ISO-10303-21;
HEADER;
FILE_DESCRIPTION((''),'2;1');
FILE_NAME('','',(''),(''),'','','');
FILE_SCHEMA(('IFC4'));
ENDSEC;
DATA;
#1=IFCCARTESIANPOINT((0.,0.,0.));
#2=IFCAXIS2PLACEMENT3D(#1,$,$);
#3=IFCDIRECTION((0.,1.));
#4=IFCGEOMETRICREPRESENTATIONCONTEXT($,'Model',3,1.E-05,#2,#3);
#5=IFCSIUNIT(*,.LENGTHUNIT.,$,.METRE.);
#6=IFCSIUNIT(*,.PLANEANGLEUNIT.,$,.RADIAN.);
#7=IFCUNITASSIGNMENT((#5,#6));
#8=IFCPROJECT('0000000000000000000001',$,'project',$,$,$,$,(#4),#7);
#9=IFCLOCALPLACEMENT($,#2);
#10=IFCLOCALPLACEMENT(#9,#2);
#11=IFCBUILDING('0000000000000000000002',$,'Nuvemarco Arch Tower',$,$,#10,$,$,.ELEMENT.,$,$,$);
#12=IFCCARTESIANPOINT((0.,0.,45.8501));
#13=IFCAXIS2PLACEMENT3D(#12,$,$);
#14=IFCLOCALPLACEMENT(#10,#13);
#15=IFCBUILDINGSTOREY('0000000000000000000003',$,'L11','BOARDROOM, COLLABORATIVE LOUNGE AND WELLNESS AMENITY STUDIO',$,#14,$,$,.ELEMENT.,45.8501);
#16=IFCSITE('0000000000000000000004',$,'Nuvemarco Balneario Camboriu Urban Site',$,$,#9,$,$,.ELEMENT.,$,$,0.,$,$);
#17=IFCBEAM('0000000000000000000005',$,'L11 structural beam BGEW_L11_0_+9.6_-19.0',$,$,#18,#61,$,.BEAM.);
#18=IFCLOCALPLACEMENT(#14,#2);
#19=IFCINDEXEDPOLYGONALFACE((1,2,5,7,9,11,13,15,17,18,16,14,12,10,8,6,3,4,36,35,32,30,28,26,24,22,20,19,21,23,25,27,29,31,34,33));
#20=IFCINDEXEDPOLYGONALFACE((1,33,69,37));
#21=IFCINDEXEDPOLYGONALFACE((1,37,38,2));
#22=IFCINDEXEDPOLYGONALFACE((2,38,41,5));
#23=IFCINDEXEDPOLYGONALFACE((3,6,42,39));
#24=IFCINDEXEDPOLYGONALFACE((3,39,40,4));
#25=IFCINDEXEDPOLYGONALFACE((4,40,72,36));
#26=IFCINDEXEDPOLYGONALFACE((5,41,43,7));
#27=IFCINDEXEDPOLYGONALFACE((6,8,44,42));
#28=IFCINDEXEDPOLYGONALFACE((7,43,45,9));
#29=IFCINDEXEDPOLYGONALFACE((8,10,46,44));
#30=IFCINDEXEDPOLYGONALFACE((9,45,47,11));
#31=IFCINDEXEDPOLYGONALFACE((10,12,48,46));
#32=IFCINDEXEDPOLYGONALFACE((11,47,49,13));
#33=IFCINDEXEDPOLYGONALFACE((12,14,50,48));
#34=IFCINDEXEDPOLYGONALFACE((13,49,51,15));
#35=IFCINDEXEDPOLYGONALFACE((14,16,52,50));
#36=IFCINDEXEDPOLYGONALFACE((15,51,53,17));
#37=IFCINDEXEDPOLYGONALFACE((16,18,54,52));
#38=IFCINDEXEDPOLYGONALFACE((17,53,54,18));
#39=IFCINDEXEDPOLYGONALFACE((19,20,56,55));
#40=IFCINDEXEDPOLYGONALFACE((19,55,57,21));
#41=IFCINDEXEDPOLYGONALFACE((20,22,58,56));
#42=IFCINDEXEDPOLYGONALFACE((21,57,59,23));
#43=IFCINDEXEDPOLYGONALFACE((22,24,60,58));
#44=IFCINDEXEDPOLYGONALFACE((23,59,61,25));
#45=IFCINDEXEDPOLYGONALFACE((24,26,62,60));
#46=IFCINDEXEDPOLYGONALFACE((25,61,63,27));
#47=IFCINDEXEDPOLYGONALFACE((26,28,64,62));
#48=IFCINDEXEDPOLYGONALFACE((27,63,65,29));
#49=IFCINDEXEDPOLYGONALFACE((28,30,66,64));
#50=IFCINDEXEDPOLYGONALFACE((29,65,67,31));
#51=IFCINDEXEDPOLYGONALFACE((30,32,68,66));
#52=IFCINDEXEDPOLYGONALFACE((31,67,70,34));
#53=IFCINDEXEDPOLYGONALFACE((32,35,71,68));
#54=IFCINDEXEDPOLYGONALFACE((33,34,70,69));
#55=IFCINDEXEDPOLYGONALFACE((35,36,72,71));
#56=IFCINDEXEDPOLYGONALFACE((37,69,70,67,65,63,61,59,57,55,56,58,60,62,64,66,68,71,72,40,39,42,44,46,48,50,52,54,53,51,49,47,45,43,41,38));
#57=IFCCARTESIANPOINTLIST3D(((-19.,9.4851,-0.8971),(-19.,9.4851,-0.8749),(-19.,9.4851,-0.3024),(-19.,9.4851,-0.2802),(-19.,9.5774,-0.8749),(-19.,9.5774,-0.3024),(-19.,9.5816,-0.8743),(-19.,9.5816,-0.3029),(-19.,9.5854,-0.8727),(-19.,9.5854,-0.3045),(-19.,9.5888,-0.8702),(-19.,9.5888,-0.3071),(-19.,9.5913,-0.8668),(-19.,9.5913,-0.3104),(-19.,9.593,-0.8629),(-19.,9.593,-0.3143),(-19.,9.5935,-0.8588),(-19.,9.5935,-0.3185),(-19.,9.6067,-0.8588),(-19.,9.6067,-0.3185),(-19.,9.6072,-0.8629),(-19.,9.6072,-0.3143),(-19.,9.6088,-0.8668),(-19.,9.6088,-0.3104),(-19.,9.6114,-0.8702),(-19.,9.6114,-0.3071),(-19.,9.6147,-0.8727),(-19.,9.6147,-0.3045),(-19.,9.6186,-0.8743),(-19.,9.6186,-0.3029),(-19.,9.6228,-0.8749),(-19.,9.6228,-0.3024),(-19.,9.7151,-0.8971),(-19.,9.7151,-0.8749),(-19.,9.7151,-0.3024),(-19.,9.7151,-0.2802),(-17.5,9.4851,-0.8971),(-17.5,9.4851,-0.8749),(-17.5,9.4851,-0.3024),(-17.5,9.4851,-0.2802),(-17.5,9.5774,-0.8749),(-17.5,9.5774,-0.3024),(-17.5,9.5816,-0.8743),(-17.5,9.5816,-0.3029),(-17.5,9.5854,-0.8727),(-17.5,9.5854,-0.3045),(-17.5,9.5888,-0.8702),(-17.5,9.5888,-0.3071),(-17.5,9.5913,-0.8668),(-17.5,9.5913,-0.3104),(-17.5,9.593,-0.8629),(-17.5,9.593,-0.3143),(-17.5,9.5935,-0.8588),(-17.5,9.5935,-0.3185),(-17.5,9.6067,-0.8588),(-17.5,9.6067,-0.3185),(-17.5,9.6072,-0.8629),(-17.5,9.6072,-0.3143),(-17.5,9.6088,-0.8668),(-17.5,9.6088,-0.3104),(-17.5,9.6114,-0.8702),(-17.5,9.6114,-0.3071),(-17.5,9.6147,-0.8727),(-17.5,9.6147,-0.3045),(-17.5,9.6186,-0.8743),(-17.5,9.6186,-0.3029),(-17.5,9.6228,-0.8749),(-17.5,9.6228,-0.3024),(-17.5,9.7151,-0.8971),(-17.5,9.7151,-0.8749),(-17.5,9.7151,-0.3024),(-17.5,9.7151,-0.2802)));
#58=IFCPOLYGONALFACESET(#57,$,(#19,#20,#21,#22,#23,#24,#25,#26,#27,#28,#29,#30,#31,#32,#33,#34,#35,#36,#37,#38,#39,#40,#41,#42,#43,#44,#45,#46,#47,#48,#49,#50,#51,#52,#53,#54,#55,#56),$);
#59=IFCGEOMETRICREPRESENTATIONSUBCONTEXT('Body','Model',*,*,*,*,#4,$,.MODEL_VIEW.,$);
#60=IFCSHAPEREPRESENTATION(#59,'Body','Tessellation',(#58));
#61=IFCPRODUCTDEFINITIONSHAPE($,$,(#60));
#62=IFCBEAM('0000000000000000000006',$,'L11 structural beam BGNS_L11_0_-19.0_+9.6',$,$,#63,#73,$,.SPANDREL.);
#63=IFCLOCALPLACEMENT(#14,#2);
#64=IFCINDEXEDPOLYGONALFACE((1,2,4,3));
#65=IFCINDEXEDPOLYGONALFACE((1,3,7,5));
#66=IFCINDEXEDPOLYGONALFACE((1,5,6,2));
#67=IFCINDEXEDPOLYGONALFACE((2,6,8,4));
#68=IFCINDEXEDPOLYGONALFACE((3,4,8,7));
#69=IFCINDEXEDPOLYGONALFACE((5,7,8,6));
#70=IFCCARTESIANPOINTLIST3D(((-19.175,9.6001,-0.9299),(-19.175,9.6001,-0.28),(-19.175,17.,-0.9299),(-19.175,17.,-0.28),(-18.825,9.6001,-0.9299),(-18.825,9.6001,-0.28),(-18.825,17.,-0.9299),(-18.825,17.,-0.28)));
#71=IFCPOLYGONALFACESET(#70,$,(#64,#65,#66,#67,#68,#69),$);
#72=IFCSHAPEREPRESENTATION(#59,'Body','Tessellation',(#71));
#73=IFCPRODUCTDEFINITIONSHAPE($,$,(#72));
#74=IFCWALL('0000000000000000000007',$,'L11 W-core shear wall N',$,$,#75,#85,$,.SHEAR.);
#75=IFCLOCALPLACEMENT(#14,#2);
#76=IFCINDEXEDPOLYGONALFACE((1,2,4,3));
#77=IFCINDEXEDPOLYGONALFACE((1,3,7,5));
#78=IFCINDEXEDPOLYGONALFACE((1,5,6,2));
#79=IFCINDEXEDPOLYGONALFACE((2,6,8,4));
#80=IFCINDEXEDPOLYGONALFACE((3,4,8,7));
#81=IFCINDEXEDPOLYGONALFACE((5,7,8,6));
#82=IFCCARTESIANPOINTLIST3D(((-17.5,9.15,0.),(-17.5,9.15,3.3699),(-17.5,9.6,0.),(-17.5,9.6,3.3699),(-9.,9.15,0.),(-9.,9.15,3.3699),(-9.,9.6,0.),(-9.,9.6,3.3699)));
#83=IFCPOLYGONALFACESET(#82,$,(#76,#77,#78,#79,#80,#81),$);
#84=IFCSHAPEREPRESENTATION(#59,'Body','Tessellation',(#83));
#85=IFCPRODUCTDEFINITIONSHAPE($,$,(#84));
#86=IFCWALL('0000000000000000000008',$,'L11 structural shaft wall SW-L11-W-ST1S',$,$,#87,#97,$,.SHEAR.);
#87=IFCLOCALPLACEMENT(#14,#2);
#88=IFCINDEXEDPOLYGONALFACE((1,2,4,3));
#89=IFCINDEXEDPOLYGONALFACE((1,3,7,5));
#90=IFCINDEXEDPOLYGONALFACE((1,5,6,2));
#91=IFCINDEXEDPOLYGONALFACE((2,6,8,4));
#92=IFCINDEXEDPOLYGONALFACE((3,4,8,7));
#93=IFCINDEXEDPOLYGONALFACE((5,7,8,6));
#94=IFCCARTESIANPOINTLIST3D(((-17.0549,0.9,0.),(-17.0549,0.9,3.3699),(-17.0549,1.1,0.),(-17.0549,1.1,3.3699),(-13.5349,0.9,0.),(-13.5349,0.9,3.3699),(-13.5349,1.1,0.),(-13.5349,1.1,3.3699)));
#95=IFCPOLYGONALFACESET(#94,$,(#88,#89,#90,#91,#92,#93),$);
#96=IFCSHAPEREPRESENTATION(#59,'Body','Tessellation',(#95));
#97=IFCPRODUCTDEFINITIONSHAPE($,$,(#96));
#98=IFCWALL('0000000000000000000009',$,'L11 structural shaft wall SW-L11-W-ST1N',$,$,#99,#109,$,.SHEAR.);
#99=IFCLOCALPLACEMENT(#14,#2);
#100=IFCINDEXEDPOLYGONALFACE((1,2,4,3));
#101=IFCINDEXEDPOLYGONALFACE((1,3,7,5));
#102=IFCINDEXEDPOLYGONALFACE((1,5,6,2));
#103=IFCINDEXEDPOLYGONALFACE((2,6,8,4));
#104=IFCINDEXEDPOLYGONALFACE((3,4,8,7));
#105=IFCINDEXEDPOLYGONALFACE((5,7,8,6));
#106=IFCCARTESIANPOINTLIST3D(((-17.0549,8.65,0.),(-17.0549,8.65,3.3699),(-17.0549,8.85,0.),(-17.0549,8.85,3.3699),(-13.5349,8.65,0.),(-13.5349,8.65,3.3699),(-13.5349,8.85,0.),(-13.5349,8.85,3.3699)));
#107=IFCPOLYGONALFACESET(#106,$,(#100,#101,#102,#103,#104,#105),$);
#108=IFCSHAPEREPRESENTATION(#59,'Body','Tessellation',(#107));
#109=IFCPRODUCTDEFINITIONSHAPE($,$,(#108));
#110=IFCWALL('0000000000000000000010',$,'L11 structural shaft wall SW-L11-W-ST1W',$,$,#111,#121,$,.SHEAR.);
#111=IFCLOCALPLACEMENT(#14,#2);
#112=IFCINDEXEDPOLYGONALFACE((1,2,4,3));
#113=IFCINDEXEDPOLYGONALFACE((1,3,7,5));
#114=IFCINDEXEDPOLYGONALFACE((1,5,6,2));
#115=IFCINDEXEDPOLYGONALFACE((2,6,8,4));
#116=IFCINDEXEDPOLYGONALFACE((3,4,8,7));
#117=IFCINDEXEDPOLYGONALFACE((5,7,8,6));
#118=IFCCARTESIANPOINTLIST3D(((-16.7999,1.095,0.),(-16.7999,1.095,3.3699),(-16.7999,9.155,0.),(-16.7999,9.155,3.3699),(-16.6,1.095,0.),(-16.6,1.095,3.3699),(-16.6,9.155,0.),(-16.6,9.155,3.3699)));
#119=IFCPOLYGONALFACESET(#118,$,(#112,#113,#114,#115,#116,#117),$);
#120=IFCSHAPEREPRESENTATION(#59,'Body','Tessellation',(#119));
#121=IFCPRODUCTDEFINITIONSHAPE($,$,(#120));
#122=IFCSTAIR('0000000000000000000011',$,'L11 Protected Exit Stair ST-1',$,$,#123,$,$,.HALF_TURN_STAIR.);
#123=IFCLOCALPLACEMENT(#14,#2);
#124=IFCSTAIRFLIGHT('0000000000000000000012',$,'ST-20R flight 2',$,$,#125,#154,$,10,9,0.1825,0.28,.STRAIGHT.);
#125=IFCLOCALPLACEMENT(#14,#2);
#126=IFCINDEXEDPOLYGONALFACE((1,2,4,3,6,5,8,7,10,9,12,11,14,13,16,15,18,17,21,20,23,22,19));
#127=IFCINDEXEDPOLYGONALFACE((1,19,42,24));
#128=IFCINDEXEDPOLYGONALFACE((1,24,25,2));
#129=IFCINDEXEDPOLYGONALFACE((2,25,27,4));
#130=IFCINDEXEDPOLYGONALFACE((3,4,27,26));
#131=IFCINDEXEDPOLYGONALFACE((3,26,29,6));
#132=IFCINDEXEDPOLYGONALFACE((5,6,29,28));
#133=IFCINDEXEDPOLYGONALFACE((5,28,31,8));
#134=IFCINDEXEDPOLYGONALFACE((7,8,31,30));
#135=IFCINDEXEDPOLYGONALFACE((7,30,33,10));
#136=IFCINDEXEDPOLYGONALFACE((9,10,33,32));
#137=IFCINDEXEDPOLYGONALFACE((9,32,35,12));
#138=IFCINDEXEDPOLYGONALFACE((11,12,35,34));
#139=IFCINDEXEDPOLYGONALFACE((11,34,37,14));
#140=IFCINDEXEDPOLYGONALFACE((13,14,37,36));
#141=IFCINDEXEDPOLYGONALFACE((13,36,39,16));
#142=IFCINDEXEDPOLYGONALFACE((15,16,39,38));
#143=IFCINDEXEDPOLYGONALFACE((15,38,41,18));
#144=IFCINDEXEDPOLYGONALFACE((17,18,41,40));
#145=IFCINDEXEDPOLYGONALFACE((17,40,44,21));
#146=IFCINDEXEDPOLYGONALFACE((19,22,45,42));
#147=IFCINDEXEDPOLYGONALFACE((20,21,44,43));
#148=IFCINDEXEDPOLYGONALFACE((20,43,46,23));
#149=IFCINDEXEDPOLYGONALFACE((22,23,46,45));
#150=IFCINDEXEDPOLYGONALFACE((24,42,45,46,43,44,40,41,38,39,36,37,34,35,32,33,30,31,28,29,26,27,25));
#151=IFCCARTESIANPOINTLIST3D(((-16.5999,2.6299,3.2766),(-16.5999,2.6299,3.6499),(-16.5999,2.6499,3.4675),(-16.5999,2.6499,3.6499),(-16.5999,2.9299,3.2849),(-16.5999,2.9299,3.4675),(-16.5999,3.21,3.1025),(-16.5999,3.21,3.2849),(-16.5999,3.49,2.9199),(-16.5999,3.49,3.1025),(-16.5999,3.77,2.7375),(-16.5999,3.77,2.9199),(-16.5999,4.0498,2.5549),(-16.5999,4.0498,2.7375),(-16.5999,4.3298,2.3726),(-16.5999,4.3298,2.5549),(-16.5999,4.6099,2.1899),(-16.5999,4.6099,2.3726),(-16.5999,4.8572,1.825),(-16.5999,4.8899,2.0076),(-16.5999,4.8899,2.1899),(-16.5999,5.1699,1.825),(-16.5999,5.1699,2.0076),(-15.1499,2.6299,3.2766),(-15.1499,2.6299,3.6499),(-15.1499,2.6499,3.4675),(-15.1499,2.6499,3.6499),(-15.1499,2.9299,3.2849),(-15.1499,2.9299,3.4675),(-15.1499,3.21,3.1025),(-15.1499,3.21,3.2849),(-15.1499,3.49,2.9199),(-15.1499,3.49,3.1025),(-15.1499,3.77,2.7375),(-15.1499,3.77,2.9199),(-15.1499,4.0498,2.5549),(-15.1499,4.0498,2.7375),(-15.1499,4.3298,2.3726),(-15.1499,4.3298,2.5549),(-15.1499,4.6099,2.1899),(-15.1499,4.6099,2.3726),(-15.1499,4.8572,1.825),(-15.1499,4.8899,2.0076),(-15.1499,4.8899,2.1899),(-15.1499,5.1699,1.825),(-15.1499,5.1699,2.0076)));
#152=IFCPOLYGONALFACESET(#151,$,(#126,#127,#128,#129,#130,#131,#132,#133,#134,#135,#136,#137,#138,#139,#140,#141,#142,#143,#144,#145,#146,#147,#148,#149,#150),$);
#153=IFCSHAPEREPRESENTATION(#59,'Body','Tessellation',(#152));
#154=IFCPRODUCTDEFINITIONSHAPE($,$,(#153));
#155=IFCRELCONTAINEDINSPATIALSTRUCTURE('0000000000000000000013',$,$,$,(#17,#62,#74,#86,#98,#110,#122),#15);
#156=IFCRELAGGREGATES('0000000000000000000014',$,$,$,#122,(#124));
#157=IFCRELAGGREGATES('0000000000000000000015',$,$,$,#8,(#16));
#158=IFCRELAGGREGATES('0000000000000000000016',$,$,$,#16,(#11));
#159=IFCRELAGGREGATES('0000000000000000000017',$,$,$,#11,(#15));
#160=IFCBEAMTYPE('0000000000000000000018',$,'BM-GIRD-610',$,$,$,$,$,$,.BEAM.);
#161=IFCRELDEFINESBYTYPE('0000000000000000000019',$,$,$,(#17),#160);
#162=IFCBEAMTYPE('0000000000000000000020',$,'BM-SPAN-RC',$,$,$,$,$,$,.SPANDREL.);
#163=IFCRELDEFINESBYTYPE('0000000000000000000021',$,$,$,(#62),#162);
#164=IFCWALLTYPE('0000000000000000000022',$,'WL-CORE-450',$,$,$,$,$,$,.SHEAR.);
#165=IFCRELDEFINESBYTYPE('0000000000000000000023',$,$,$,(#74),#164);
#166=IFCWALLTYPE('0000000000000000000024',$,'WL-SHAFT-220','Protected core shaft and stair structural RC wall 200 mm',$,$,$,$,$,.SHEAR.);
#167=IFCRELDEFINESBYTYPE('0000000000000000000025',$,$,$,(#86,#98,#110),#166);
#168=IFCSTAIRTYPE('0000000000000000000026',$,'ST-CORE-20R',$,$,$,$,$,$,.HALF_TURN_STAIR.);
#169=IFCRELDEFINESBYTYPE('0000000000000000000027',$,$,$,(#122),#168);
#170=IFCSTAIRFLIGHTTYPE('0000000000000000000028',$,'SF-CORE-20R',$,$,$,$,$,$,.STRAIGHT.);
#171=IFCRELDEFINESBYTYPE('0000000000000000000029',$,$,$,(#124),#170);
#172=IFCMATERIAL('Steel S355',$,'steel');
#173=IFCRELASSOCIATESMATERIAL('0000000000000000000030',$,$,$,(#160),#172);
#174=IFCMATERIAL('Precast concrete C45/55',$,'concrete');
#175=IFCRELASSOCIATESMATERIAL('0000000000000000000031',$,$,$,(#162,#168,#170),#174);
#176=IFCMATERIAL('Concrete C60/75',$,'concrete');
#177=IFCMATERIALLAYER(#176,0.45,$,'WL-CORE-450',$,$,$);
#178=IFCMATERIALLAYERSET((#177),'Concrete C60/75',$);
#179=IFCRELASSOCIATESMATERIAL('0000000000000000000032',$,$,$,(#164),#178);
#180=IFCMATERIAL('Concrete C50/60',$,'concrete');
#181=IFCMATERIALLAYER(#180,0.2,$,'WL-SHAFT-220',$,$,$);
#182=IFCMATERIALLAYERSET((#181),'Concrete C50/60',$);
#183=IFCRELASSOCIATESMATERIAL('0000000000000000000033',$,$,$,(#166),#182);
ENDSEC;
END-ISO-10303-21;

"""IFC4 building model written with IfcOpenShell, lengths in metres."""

from ifc_helpers import new_model, si_unit, direction, frame, frame_2d, origin, origin_2d, place, context, subcontext, project, spatial, polyline, rectangle, i_section, outline, extrude, material, layer, layer_set, material_profile, profile_set, type_object, element, aggregate, save


model = new_model("IFC4")

# Units and contexts
model_context = context("Model", 3, precision=1e-05, world=origin(), true_north=direction((0.0, 1.0)))
body_context = subcontext(model_context, "Body", "Model", "MODEL_VIEW")
ifc_project = project(units=[si_unit("LENGTHUNIT", "METRE"), si_unit("PLANEANGLEUNIT", "RADIAN")], contexts=[model_context])

# Site, building, storey
site_placement = place(None, origin())
site = spatial("IfcSite", under=ifc_project, at=site_placement, Name="Nuvemarco Balneario Camboriu Urban Site", CompositionType="ELEMENT", RefElevation=0.0)
building_placement = place(site_placement, origin())
building = spatial("IfcBuilding", under=site, at=building_placement, Name="Nuvemarco Arch Tower", CompositionType="ELEMENT")
storey_placement = place(building_placement, frame((0.0, 0.0, 45.8501)))
storey = spatial("IfcBuildingStorey", under=building, at=storey_placement, Name="L11", Description="BOARDROOM, COLLABORATIVE LOUNGE AND WELLNESS AMENITY STUDIO", CompositionType="ELEMENT", Elevation=45.8501)

# Shared definitions
ifc_material_1 = material(Name="Concrete C60/75", Category="concrete")

# Beams
ifc_material_2 = material(Name="Steel S355", Category="steel")
ifc_material_profile_1 = material_profile(ifc_material_2, i_section(OverallWidth=0.23, OverallDepth=0.6169, WebThickness=0.0132, FlangeThickness=0.0222, FilletRadius=0.0161, at=origin_2d()), Name="W610x140")
ifc_profile_set_1 = profile_set([ifc_material_profile_1], Name="Steel S355")
beam_type_1 = type_object("IfcBeamType", Name="BM-GIRD-610", PredefinedType="BEAM", material=ifc_profile_set_1)
beam_1_placement = place(storey_placement, frame((-19.0, 9.6001, -0.5886), z_axis=(1.0, 0.0, 0.0), x_axis=(0.0, 1.0, 0.0)))
element("IfcBeam", 1, at=beam_1_placement, inside=storey, type_object=beam_type_1, Name="L11 structural beam BGEW_L11_0_+9.6_-19.0", PredefinedType="BEAM", context=body_context, shape_type="SweptSolid", body=[
    extrude(i_section(OverallWidth=0.23, OverallDepth=0.6169, WebThickness=0.0132, FlangeThickness=0.0222, FilletRadius=0.0161, at=origin_2d()), origin(), (0.0, 0.0, 1.0), 1.5),
])
ifc_material_3 = material(Name="Precast concrete C45/55", Category="concrete")
ifc_material_profile_2 = material_profile(ifc_material_3, rectangle(XDim=0.3501, YDim=0.6499, at=origin_2d()), Name="PC-SP-350x650")
ifc_profile_set_2 = profile_set([ifc_material_profile_2], Name="Precast concrete C45/55")
beam_type_2 = type_object("IfcBeamType", Name="BM-SPAN-RC", PredefinedType="SPANDREL", material=ifc_profile_set_2)
beam_2_placement = place(storey_placement, frame((-19.0, 9.6001, -0.605), z_axis=(0.0, 1.0, 0.0), x_axis=(-1.0, 0.0, 0.0)))
element("IfcBeam", 2, at=beam_2_placement, inside=storey, type_object=beam_type_2, Name="L11 structural beam BGNS_L11_0_-19.0_+9.6", PredefinedType="SPANDREL", context=body_context, shape_type="SweptSolid", body=[
    extrude(rectangle(XDim=0.3501, YDim=0.6499, at=origin_2d()), origin(), (0.0, 0.0, 1.0), 7.3999),
])

# Walls
ifc_layer_1 = layer(ifc_material_1, 0.45, Name="WL-CORE-450")
ifc_layer_set_1 = layer_set([ifc_layer_1], Name="Concrete C60/75")
wall_type_1 = type_object("IfcWallType", Name="WL-CORE-450", PredefinedType="SHEAR", material=ifc_layer_set_1)
wall_1_placement = place(storey_placement, frame((-17.5, 9.375, 0.0), z_axis=(0.0, 0.0, 1.0), x_axis=(1.0, 0.0, 0.0)))
element("IfcWall", 3, at=wall_1_placement, inside=storey, type_object=wall_type_1, Name="L11 W-core shear wall N", PredefinedType="SHEAR", context=body_context, shape_type="SweptSolid", body=[
    extrude(rectangle(XDim=8.5, YDim=0.45, at=frame_2d((4.25, 0.0))), origin(), (0.0, 0.0, 1.0), 3.3699),
])
ifc_material_4 = material(Name="Concrete C50/60", Category="concrete")
ifc_layer_2 = layer(ifc_material_4, 0.2, Name="WL-SHAFT-220")
ifc_layer_set_2 = layer_set([ifc_layer_2], Name="Concrete C50/60")
wall_type_2 = type_object("IfcWallType", Name="WL-SHAFT-220", Description="Protected core shaft and stair structural RC wall 200 mm", PredefinedType="SHEAR", material=ifc_layer_set_2)
for number, where, z_axis, x_axis, name in (
    (4, (-17.0549, 1.0, 0.0), (0.0, 0.0, 1.0), (1.0, 0.0, 0.0), "L11 structural shaft wall SW-L11-W-ST1S"),
    (5, (-17.0549, 8.75, 0.0), (0.0, 0.0, 1.0), (1.0, 0.0, 0.0), "L11 structural shaft wall SW-L11-W-ST1N"),
):
    element("IfcWall", number, at=place(storey_placement, frame(where, z_axis=z_axis, x_axis=x_axis)), inside=storey, type_object=wall_type_2, Name=name, PredefinedType="SHEAR", context=body_context, shape_type="SweptSolid", body=[
        extrude(rectangle(XDim=3.52, YDim=0.2, at=frame_2d((1.76, 0.0))), origin(), (0.0, 0.0, 1.0), 3.3699),
    ])
wall_2_placement = place(storey_placement, frame((-16.7, 1.095, 0.0), z_axis=(0.0, 0.0, 1.0), x_axis=(0.0, 1.0, 0.0)))
element("IfcWall", 6, at=wall_2_placement, inside=storey, type_object=wall_type_2, Name="L11 structural shaft wall SW-L11-W-ST1W", PredefinedType="SHEAR", context=body_context, shape_type="SweptSolid", body=[
    extrude(rectangle(XDim=8.0601, YDim=0.2, at=frame_2d((4.03, 0.0))), origin(), (0.0, 0.0, 1.0), 3.3699),
])

# Stair, stair flight
stair_type = type_object("IfcStairType", Name="ST-CORE-20R", PredefinedType="HALF_TURN_STAIR", material=ifc_material_3)
stair_placement = place(storey_placement, origin())
stair = element("IfcStair", 7, at=stair_placement, inside=storey, type_object=stair_type, Name="L11 Protected Exit Stair ST-1", PredefinedType="HALF_TURN_STAIR")
stair_flight_type = type_object("IfcStairFlightType", Name="SF-CORE-20R", PredefinedType="STRAIGHT", material=ifc_material_3)
stair_flight_placement = place(storey_placement, frame((-15.875, 5.1699, 1.825), z_axis=(0.0, 0.0, 1.0), x_axis=(0.0, -1.0, 0.0)))
stair_flight = element("IfcStairFlight", 8, at=stair_flight_placement, type_object=stair_flight_type, Name="ST-20R flight 2", NumberOfRisers=10, NumberOfTreads=9, PredefinedType="STRAIGHT", RiserHeight=0.1825, TreadLength=0.28, context=body_context, shape_type="SweptSolid", body=[
    extrude(outline(polyline([(0.0, 0.0), (0.0, 0.1826), (0.28, 0.1826), (0.28, 0.365), (0.5601, 0.365), (0.5601, 0.5476), (0.8401, 0.5476), (0.8401, 0.73), (1.1201, 0.73), (1.1201, 0.9126), (1.3999, 0.9126), (1.3999, 1.095), (1.6799, 1.095), (1.6799, 1.2776), (1.96, 1.2776), (1.96, 1.46), (2.24, 1.46), (2.24, 1.6426), (2.52, 1.6426), (2.52, 1.825), (2.54, 1.825), (2.54, 1.4517), (0.3127, 0.0), (0.0, 0.0)])), frame((0.0, 0.7251, 0.0), z_axis=(0.0, -1.0, 0.0), x_axis=(1.0, 0.0, 0.0)), (0.0, 0.0, 1.0), 1.45),
])
aggregate(stair, [stair_flight])

save(model, "model.ifc")
